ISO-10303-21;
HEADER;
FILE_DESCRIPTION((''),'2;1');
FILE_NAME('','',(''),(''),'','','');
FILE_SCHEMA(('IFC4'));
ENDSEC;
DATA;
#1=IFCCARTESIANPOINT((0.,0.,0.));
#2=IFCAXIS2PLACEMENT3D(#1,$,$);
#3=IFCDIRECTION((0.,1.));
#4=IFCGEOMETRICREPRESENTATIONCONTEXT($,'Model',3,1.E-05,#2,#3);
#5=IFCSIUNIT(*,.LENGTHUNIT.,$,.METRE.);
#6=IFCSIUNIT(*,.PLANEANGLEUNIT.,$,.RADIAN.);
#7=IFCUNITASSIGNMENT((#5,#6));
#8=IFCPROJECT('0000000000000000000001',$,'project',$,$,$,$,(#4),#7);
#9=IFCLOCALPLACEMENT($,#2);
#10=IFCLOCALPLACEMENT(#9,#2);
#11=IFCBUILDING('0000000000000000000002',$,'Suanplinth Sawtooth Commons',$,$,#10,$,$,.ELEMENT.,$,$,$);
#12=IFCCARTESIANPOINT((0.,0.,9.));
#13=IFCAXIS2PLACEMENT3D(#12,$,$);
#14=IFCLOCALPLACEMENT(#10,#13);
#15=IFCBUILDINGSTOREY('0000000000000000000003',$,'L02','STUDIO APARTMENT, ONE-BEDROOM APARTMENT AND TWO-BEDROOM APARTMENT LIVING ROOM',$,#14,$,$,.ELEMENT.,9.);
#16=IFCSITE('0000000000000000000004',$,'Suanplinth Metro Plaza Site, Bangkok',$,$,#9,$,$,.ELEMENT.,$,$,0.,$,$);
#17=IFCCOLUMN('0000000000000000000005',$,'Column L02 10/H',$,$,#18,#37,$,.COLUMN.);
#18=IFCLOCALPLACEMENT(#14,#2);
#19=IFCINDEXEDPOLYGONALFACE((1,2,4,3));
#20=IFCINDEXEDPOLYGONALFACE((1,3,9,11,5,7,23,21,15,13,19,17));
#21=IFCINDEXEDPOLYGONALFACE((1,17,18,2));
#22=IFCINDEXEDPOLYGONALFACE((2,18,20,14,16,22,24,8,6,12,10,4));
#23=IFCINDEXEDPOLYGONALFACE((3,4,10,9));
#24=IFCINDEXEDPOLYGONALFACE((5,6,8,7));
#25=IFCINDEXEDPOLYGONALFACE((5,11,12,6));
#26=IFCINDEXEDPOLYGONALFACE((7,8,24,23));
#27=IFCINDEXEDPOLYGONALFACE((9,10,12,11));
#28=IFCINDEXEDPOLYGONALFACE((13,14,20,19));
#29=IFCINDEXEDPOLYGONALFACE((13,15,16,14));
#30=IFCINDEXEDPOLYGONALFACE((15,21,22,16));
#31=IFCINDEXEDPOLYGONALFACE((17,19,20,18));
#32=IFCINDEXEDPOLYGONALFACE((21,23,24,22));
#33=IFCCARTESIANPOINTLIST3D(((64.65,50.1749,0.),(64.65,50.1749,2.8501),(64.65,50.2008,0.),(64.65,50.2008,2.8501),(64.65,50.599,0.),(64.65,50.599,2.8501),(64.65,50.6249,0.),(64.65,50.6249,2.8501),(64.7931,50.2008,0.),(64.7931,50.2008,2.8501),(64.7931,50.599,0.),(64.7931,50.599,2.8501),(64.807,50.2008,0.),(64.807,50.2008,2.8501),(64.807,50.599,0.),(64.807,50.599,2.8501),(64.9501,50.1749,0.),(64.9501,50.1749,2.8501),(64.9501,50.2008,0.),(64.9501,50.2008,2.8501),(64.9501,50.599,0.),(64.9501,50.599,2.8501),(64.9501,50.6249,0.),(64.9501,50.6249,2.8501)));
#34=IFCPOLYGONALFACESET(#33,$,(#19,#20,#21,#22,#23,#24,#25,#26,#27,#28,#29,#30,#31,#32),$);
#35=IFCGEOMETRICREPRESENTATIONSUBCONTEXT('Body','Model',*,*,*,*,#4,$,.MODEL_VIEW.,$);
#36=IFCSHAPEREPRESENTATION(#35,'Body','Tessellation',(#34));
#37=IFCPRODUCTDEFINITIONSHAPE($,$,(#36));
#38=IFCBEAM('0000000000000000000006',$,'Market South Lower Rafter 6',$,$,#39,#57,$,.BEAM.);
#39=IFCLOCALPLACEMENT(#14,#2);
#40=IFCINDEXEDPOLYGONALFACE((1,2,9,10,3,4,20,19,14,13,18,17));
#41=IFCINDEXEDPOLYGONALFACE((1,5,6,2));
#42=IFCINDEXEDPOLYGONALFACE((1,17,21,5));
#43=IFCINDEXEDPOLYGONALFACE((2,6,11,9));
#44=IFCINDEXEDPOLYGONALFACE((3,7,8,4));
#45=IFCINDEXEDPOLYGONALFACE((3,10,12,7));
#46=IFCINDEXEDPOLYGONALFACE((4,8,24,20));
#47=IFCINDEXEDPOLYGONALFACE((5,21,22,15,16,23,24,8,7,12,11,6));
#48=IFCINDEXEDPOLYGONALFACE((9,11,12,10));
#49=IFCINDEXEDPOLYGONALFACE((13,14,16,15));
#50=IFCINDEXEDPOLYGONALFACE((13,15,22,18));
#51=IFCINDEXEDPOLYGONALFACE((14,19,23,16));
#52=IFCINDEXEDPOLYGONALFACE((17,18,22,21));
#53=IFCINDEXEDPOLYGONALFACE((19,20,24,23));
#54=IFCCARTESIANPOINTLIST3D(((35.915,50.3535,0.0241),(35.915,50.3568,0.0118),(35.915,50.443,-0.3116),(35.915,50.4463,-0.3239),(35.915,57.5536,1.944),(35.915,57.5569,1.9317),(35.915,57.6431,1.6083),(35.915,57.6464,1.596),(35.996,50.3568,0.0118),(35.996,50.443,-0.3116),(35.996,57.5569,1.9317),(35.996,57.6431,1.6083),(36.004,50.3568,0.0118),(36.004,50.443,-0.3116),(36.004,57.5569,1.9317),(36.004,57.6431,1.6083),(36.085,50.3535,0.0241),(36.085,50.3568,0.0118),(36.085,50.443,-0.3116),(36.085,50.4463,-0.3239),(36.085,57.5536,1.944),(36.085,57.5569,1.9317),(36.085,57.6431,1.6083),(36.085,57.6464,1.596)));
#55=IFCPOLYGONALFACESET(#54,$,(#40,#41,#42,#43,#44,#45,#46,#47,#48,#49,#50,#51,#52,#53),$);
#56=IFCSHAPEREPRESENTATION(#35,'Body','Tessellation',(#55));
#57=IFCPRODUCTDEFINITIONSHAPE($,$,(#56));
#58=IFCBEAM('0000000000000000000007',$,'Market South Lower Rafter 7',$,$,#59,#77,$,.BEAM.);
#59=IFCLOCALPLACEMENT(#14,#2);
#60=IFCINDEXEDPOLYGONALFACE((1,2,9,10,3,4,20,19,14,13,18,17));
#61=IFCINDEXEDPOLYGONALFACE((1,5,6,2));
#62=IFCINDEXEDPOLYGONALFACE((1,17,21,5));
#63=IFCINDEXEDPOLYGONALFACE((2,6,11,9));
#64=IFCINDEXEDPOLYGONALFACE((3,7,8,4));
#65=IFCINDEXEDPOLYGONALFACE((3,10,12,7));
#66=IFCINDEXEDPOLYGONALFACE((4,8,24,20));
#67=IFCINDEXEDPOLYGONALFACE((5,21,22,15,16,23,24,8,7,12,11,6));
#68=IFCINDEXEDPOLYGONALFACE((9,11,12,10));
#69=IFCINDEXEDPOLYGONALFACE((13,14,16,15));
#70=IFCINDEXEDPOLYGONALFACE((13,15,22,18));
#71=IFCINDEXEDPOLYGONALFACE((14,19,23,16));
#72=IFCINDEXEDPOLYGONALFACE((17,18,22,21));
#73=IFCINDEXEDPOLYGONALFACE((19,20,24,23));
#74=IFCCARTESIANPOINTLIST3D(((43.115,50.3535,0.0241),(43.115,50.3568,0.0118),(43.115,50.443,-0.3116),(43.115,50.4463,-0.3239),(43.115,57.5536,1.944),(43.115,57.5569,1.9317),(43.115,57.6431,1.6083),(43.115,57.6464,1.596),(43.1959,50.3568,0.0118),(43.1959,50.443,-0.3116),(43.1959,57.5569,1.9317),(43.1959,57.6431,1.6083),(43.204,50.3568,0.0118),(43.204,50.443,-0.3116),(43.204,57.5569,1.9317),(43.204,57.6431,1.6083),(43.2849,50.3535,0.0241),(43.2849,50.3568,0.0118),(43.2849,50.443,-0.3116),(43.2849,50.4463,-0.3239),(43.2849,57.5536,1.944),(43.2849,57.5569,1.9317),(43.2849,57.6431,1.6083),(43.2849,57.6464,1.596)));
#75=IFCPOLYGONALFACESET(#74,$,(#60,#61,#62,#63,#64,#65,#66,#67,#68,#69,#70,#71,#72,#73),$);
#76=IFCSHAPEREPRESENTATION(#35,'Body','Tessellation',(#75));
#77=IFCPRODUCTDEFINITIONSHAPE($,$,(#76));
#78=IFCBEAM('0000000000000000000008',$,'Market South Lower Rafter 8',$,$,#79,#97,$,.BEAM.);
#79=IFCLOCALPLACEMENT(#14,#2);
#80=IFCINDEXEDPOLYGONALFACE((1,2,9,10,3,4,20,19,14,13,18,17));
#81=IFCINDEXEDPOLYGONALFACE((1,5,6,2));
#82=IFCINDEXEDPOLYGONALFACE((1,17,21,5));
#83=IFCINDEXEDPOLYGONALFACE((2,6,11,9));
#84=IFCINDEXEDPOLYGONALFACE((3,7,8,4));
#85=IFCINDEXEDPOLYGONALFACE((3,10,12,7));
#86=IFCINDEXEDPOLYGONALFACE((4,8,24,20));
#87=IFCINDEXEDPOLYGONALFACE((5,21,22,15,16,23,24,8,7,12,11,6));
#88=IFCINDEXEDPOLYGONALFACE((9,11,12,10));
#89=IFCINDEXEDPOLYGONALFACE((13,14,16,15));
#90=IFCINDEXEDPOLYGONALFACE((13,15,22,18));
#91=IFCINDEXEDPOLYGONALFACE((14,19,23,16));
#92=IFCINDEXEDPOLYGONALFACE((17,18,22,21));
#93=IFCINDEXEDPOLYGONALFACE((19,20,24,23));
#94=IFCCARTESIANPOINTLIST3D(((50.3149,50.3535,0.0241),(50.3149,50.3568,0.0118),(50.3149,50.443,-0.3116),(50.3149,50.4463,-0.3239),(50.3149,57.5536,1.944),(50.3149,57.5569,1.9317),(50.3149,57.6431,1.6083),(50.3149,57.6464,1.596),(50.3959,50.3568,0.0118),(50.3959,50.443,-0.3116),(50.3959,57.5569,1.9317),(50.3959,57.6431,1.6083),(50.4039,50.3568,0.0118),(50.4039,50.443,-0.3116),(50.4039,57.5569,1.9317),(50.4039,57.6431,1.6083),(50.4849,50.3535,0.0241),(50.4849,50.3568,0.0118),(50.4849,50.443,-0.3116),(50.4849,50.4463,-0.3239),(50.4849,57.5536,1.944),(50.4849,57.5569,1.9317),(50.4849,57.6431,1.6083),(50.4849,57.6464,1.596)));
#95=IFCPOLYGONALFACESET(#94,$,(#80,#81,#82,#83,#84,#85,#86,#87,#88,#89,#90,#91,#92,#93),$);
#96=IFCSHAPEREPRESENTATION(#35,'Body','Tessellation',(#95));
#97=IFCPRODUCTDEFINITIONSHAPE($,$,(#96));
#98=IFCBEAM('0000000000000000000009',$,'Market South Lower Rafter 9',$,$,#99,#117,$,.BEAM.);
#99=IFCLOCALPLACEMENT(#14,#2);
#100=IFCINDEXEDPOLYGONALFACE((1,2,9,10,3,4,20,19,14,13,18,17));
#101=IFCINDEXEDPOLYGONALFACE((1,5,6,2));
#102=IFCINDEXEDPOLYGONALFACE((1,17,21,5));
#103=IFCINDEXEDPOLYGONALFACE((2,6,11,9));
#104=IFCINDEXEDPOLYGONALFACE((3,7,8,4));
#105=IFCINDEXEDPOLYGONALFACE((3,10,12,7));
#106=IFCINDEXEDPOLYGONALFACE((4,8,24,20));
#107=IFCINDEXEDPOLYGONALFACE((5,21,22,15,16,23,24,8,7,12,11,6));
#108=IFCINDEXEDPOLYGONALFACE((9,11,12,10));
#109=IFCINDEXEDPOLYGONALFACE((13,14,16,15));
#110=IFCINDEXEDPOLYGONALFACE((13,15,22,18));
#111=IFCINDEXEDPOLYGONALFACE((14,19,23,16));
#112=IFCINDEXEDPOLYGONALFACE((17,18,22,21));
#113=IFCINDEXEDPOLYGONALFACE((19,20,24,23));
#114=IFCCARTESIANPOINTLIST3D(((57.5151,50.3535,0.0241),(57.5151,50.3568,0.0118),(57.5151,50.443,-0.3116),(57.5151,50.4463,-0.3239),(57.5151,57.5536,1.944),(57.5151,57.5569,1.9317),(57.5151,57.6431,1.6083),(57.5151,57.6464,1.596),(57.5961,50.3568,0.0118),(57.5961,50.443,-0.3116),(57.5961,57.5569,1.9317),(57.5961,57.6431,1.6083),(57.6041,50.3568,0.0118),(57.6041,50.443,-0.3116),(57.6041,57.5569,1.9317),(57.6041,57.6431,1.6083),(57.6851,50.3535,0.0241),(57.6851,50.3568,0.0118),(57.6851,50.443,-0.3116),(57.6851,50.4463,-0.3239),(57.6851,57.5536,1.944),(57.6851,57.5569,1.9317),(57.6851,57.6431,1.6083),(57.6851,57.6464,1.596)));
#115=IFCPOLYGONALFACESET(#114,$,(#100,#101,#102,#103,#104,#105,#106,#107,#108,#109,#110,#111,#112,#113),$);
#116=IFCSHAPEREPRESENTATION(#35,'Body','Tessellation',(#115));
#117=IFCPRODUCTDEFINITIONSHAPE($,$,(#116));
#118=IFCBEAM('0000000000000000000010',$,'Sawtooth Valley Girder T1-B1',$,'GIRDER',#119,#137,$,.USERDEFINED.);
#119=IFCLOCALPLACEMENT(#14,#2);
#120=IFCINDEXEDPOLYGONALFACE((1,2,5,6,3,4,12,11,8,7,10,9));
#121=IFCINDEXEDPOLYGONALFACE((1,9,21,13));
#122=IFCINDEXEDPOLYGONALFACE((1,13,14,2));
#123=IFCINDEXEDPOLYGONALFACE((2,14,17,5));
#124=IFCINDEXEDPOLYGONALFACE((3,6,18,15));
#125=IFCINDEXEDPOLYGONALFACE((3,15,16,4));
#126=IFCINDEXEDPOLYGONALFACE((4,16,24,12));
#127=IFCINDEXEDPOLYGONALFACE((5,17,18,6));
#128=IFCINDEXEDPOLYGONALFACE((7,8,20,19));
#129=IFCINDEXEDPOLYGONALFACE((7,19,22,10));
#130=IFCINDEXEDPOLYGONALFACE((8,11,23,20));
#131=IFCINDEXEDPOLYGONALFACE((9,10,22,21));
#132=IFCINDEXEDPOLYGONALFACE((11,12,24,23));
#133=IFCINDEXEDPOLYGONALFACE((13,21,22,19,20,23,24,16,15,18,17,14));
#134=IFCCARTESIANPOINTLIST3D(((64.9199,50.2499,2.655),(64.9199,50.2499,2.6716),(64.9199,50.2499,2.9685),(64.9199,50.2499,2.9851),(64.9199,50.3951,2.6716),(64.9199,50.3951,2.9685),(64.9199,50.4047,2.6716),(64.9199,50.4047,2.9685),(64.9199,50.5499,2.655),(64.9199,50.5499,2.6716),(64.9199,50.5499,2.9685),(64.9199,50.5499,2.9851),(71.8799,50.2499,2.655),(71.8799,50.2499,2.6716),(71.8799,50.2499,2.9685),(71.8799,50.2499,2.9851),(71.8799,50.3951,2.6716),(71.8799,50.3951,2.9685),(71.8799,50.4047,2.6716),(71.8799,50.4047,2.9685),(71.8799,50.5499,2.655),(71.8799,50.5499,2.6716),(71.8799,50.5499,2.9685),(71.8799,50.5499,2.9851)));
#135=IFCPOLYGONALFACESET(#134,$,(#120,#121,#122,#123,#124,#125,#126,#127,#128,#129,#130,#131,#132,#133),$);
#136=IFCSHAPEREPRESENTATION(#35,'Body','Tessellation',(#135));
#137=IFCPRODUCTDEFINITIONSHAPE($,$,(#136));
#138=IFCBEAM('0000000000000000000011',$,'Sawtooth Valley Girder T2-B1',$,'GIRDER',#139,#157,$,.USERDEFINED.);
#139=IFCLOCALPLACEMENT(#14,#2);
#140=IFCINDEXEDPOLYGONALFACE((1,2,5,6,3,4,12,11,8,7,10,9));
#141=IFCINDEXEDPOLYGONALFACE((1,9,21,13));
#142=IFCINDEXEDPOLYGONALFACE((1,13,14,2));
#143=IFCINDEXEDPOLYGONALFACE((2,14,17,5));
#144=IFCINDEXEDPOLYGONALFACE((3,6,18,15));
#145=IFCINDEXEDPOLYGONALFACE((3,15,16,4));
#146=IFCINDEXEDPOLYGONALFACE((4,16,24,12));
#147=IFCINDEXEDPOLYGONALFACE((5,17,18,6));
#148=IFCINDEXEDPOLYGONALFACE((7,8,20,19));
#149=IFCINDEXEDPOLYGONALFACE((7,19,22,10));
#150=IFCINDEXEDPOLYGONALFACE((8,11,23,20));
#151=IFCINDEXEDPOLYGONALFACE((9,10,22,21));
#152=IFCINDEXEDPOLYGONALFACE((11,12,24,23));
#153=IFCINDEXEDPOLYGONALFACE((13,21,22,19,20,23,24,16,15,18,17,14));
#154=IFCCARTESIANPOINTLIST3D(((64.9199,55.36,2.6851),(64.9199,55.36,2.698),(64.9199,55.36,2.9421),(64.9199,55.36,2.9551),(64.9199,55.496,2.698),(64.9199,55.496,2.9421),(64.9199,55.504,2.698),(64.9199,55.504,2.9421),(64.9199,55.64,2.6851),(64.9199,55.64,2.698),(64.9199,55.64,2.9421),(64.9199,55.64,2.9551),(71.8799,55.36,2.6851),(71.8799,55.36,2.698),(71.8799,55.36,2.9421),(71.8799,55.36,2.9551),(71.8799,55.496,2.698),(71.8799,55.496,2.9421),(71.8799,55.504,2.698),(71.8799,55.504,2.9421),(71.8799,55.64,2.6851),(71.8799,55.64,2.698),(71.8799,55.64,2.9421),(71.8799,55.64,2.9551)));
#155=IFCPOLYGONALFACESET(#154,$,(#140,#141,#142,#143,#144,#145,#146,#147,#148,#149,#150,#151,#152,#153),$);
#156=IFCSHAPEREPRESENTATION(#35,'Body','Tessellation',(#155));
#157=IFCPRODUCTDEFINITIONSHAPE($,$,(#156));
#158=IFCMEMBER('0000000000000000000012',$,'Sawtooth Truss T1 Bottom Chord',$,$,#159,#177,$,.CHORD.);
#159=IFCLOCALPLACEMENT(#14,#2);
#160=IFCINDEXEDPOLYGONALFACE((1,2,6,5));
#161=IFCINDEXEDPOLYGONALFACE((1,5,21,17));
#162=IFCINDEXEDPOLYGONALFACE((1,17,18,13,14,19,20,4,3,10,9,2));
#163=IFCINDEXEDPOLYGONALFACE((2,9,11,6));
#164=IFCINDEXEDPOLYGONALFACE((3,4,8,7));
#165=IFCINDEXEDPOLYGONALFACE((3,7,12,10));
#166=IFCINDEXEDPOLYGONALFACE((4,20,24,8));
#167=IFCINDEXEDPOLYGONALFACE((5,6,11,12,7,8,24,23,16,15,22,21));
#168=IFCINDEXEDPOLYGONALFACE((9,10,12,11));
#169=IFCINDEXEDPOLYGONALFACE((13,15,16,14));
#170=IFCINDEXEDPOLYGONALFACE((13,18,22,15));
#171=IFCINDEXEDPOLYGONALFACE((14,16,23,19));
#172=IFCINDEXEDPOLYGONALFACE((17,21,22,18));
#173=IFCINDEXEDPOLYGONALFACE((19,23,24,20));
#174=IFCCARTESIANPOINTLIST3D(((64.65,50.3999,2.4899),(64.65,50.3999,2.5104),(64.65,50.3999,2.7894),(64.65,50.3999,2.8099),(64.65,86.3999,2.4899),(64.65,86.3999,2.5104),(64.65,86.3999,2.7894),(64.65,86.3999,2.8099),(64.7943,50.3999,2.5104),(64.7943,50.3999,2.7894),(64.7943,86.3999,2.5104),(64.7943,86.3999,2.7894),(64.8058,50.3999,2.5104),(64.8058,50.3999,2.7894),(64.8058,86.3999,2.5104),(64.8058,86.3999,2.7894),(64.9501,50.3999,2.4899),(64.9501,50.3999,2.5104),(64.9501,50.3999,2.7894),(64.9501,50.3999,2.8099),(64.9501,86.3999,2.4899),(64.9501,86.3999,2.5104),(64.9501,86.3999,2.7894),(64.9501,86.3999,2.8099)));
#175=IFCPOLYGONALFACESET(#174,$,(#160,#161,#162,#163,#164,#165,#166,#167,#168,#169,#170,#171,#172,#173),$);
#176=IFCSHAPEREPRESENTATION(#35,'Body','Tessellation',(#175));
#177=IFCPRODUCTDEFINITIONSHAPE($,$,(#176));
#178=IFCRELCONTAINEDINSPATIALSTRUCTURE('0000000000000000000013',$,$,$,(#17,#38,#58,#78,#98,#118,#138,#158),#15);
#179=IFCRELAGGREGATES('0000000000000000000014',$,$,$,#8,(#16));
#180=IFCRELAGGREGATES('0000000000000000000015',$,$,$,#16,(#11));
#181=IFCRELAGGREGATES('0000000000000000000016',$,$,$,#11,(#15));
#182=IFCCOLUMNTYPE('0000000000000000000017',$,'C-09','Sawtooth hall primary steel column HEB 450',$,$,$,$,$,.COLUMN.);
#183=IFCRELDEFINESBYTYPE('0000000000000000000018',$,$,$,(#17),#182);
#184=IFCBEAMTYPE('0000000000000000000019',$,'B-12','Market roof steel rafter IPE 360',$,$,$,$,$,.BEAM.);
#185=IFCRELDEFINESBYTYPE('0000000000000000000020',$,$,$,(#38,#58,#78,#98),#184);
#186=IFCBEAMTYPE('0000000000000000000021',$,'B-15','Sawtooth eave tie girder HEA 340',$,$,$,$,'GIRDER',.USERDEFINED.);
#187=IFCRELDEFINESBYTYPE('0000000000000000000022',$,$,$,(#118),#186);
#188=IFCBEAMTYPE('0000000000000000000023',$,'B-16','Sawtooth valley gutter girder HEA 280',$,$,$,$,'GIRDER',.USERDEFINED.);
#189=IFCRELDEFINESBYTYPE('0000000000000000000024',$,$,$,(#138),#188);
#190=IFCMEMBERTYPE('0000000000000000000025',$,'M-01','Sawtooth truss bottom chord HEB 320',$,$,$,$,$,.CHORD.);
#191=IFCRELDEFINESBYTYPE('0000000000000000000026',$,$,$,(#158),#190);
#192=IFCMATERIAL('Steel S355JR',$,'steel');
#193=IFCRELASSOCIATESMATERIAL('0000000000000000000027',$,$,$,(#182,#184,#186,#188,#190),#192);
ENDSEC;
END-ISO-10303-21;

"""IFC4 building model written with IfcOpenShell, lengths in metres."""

from ifc_helpers import new_model, si_unit, direction, frame, origin, origin_2d, place, context, subcontext, project, spatial, i_section, extrude, material, material_profile, profile_set, type_object, element, save


model = new_model("IFC4")

# Units and contexts
model_context = context("Model", 3, precision=1e-05, world=origin(), true_north=direction((0.0, 1.0)))
body_context = subcontext(model_context, "Body", "Model", "MODEL_VIEW")
ifc_project = project(units=[si_unit("LENGTHUNIT", "METRE"), si_unit("PLANEANGLEUNIT", "RADIAN")], contexts=[model_context])

# Site, building, storey
site_placement = place(None, origin())
site = spatial("IfcSite", under=ifc_project, at=site_placement, Name="Suanplinth Metro Plaza Site, Bangkok", CompositionType="ELEMENT", RefElevation=0.0)
building_placement = place(site_placement, origin())
building = spatial("IfcBuilding", under=site, at=building_placement, Name="Suanplinth Sawtooth Commons", CompositionType="ELEMENT")
storey_placement = place(building_placement, frame((0.0, 0.0, 9.0)))
storey = spatial("IfcBuildingStorey", under=building, at=storey_placement, Name="L02", Description="STUDIO APARTMENT, ONE-BEDROOM APARTMENT AND TWO-BEDROOM APARTMENT LIVING ROOM", CompositionType="ELEMENT", Elevation=9.0)

# Column
ifc_material_1 = material(Name="Steel S355JR", Category="steel")
ifc_material_profile_1 = material_profile(ifc_material_1, i_section(OverallWidth=0.3, OverallDepth=0.45, WebThickness=0.0139, FlangeThickness=0.0259, at=origin_2d()), Name="HEB 450")
ifc_profile_set_1 = profile_set([ifc_material_profile_1], Name="Steel S355JR")
column_type = type_object("IfcColumnType", Name="C-09", Description="Sawtooth hall primary steel column HEB 450", PredefinedType="COLUMN", material=ifc_profile_set_1)
column_placement = place(storey_placement, frame((64.8, 50.3999, 0.0), z_axis=(0.0, 0.0, 1.0), x_axis=(1.0, 0.0, 0.0)))
element("IfcColumn", 1, at=column_placement, inside=storey, type_object=column_type, Name="Column L02 10/H", PredefinedType="COLUMN", context=body_context, shape_type="SweptSolid", body=[
    extrude(i_section(OverallWidth=0.3, OverallDepth=0.45, WebThickness=0.0139, FlangeThickness=0.0259, at=origin_2d()), origin(), (0.0, 0.0, 1.0), 2.8501),
])

# Beams
ifc_material_profile_2 = material_profile(ifc_material_1, i_section(OverallWidth=0.1699, OverallDepth=0.3601, WebThickness=0.0081, FlangeThickness=0.0127, at=origin_2d()), Name="IPE 360")
ifc_profile_set_2 = profile_set([ifc_material_profile_2], Name="Steel S355JR")
beam_type_1 = type_object("IfcBeamType", Name="B-12", Description="Market roof steel rafter IPE 360", PredefinedType="BEAM", material=ifc_profile_set_2)
for number, where, z_axis, x_axis, name in (
    (2, (36.0, 50.3999, -0.1499), (0.0, 0.966239, 0.257646), (-1.0, 0.0, 0.0), "Market South Lower Rafter 6"),
    (3, (43.2, 50.3999, -0.1499), (0.0, 0.966239, 0.257646), (-1.0, 0.0, 0.0), "Market South Lower Rafter 7"),
    (4, (50.3999, 50.3999, -0.1499), (0.0, 0.966239, 0.257646), (-1.0, 0.0, 0.0), "Market South Lower Rafter 8"),
    (5, (57.6001, 50.3999, -0.1499), (0.0, 0.966239, 0.257646), (-1.0, 0.0, 0.0), "Market South Lower Rafter 9"),
):
    element("IfcBeam", number, at=place(storey_placement, frame(where, z_axis=z_axis, x_axis=x_axis)), inside=storey, type_object=beam_type_1, Name=name, PredefinedType="BEAM", context=body_context, shape_type="SweptSolid", body=[
        extrude(i_section(OverallWidth=0.1699, OverallDepth=0.3601, WebThickness=0.0081, FlangeThickness=0.0127, at=origin_2d()), origin(), (0.0, 0.0, 1.0), 7.4517),
    ])
ifc_material_profile_3 = material_profile(ifc_material_1, i_section(OverallWidth=0.3, OverallDepth=0.3301, WebThickness=0.0095, FlangeThickness=0.0166, at=origin_2d()), Name="HEA 340")
ifc_profile_set_3 = profile_set([ifc_material_profile_3], Name="Steel S355JR")
beam_type_2 = type_object("IfcBeamType", Name="B-15", Description="Sawtooth eave tie girder HEA 340", ElementType="GIRDER", PredefinedType="USERDEFINED", material=ifc_profile_set_3)
beam_1_placement = place(storey_placement, frame((64.9199, 50.3999, 2.8201), z_axis=(1.0, 0.0, 0.0), x_axis=(0.0, 1.0, 0.0)))
element("IfcBeam", 6, at=beam_1_placement, inside=storey, type_object=beam_type_2, Name="Sawtooth Valley Girder T1-B1", ObjectType="GIRDER", PredefinedType="USERDEFINED", context=body_context, shape_type="SweptSolid", body=[
    extrude(i_section(OverallWidth=0.3, OverallDepth=0.3301, WebThickness=0.0095, FlangeThickness=0.0166, at=origin_2d()), origin(), (0.0, 0.0, 1.0), 6.96),
])
ifc_material_profile_4 = material_profile(ifc_material_1, i_section(OverallWidth=0.28, OverallDepth=0.27, WebThickness=0.0081, FlangeThickness=0.0129, at=origin_2d()), Name="HEA 280")
ifc_profile_set_4 = profile_set([ifc_material_profile_4], Name="Steel S355JR")
beam_type_3 = type_object("IfcBeamType", Name="B-16", Description="Sawtooth valley gutter girder HEA 280", ElementType="GIRDER", PredefinedType="USERDEFINED", material=ifc_profile_set_4)
beam_2_placement = place(storey_placement, frame((64.9199, 55.5, 2.8201), z_axis=(1.0, 0.0, 0.0), x_axis=(0.0, 1.0, 0.0)))
element("IfcBeam", 7, at=beam_2_placement, inside=storey, type_object=beam_type_3, Name="Sawtooth Valley Girder T2-B1", ObjectType="GIRDER", PredefinedType="USERDEFINED", context=body_context, shape_type="SweptSolid", body=[
    extrude(i_section(OverallWidth=0.28, OverallDepth=0.27, WebThickness=0.0081, FlangeThickness=0.0129, at=origin_2d()), origin(), (0.0, 0.0, 1.0), 6.96),
])

# Member
ifc_material_profile_5 = material_profile(ifc_material_1, i_section(OverallWidth=0.3, OverallDepth=0.3201, WebThickness=0.0115, FlangeThickness=0.0205, at=origin_2d()), Name="HEB 320")
ifc_profile_set_5 = profile_set([ifc_material_profile_5], Name="Steel S355JR")
member_type_1 = type_object("IfcMemberType", Name="M-01", Description="Sawtooth truss bottom chord HEB 320", PredefinedType="CHORD", material=ifc_profile_set_5)
member_1_placement = place(storey_placement, frame((64.8, 50.3999, 2.6499), z_axis=(0.0, 1.0, 0.0), x_axis=(-1.0, 0.0, 0.0)))
element("IfcMember", 8, at=member_1_placement, inside=storey, type_object=member_type_1, Name="Sawtooth Truss T1 Bottom Chord", PredefinedType="CHORD", context=body_context, shape_type="SweptSolid", body=[
    extrude(i_section(OverallWidth=0.3, OverallDepth=0.3201, WebThickness=0.0115, FlangeThickness=0.0205, at=origin_2d()), origin(), (0.0, 0.0, 1.0), 36.0),
])

save(model, "model.ifc")
